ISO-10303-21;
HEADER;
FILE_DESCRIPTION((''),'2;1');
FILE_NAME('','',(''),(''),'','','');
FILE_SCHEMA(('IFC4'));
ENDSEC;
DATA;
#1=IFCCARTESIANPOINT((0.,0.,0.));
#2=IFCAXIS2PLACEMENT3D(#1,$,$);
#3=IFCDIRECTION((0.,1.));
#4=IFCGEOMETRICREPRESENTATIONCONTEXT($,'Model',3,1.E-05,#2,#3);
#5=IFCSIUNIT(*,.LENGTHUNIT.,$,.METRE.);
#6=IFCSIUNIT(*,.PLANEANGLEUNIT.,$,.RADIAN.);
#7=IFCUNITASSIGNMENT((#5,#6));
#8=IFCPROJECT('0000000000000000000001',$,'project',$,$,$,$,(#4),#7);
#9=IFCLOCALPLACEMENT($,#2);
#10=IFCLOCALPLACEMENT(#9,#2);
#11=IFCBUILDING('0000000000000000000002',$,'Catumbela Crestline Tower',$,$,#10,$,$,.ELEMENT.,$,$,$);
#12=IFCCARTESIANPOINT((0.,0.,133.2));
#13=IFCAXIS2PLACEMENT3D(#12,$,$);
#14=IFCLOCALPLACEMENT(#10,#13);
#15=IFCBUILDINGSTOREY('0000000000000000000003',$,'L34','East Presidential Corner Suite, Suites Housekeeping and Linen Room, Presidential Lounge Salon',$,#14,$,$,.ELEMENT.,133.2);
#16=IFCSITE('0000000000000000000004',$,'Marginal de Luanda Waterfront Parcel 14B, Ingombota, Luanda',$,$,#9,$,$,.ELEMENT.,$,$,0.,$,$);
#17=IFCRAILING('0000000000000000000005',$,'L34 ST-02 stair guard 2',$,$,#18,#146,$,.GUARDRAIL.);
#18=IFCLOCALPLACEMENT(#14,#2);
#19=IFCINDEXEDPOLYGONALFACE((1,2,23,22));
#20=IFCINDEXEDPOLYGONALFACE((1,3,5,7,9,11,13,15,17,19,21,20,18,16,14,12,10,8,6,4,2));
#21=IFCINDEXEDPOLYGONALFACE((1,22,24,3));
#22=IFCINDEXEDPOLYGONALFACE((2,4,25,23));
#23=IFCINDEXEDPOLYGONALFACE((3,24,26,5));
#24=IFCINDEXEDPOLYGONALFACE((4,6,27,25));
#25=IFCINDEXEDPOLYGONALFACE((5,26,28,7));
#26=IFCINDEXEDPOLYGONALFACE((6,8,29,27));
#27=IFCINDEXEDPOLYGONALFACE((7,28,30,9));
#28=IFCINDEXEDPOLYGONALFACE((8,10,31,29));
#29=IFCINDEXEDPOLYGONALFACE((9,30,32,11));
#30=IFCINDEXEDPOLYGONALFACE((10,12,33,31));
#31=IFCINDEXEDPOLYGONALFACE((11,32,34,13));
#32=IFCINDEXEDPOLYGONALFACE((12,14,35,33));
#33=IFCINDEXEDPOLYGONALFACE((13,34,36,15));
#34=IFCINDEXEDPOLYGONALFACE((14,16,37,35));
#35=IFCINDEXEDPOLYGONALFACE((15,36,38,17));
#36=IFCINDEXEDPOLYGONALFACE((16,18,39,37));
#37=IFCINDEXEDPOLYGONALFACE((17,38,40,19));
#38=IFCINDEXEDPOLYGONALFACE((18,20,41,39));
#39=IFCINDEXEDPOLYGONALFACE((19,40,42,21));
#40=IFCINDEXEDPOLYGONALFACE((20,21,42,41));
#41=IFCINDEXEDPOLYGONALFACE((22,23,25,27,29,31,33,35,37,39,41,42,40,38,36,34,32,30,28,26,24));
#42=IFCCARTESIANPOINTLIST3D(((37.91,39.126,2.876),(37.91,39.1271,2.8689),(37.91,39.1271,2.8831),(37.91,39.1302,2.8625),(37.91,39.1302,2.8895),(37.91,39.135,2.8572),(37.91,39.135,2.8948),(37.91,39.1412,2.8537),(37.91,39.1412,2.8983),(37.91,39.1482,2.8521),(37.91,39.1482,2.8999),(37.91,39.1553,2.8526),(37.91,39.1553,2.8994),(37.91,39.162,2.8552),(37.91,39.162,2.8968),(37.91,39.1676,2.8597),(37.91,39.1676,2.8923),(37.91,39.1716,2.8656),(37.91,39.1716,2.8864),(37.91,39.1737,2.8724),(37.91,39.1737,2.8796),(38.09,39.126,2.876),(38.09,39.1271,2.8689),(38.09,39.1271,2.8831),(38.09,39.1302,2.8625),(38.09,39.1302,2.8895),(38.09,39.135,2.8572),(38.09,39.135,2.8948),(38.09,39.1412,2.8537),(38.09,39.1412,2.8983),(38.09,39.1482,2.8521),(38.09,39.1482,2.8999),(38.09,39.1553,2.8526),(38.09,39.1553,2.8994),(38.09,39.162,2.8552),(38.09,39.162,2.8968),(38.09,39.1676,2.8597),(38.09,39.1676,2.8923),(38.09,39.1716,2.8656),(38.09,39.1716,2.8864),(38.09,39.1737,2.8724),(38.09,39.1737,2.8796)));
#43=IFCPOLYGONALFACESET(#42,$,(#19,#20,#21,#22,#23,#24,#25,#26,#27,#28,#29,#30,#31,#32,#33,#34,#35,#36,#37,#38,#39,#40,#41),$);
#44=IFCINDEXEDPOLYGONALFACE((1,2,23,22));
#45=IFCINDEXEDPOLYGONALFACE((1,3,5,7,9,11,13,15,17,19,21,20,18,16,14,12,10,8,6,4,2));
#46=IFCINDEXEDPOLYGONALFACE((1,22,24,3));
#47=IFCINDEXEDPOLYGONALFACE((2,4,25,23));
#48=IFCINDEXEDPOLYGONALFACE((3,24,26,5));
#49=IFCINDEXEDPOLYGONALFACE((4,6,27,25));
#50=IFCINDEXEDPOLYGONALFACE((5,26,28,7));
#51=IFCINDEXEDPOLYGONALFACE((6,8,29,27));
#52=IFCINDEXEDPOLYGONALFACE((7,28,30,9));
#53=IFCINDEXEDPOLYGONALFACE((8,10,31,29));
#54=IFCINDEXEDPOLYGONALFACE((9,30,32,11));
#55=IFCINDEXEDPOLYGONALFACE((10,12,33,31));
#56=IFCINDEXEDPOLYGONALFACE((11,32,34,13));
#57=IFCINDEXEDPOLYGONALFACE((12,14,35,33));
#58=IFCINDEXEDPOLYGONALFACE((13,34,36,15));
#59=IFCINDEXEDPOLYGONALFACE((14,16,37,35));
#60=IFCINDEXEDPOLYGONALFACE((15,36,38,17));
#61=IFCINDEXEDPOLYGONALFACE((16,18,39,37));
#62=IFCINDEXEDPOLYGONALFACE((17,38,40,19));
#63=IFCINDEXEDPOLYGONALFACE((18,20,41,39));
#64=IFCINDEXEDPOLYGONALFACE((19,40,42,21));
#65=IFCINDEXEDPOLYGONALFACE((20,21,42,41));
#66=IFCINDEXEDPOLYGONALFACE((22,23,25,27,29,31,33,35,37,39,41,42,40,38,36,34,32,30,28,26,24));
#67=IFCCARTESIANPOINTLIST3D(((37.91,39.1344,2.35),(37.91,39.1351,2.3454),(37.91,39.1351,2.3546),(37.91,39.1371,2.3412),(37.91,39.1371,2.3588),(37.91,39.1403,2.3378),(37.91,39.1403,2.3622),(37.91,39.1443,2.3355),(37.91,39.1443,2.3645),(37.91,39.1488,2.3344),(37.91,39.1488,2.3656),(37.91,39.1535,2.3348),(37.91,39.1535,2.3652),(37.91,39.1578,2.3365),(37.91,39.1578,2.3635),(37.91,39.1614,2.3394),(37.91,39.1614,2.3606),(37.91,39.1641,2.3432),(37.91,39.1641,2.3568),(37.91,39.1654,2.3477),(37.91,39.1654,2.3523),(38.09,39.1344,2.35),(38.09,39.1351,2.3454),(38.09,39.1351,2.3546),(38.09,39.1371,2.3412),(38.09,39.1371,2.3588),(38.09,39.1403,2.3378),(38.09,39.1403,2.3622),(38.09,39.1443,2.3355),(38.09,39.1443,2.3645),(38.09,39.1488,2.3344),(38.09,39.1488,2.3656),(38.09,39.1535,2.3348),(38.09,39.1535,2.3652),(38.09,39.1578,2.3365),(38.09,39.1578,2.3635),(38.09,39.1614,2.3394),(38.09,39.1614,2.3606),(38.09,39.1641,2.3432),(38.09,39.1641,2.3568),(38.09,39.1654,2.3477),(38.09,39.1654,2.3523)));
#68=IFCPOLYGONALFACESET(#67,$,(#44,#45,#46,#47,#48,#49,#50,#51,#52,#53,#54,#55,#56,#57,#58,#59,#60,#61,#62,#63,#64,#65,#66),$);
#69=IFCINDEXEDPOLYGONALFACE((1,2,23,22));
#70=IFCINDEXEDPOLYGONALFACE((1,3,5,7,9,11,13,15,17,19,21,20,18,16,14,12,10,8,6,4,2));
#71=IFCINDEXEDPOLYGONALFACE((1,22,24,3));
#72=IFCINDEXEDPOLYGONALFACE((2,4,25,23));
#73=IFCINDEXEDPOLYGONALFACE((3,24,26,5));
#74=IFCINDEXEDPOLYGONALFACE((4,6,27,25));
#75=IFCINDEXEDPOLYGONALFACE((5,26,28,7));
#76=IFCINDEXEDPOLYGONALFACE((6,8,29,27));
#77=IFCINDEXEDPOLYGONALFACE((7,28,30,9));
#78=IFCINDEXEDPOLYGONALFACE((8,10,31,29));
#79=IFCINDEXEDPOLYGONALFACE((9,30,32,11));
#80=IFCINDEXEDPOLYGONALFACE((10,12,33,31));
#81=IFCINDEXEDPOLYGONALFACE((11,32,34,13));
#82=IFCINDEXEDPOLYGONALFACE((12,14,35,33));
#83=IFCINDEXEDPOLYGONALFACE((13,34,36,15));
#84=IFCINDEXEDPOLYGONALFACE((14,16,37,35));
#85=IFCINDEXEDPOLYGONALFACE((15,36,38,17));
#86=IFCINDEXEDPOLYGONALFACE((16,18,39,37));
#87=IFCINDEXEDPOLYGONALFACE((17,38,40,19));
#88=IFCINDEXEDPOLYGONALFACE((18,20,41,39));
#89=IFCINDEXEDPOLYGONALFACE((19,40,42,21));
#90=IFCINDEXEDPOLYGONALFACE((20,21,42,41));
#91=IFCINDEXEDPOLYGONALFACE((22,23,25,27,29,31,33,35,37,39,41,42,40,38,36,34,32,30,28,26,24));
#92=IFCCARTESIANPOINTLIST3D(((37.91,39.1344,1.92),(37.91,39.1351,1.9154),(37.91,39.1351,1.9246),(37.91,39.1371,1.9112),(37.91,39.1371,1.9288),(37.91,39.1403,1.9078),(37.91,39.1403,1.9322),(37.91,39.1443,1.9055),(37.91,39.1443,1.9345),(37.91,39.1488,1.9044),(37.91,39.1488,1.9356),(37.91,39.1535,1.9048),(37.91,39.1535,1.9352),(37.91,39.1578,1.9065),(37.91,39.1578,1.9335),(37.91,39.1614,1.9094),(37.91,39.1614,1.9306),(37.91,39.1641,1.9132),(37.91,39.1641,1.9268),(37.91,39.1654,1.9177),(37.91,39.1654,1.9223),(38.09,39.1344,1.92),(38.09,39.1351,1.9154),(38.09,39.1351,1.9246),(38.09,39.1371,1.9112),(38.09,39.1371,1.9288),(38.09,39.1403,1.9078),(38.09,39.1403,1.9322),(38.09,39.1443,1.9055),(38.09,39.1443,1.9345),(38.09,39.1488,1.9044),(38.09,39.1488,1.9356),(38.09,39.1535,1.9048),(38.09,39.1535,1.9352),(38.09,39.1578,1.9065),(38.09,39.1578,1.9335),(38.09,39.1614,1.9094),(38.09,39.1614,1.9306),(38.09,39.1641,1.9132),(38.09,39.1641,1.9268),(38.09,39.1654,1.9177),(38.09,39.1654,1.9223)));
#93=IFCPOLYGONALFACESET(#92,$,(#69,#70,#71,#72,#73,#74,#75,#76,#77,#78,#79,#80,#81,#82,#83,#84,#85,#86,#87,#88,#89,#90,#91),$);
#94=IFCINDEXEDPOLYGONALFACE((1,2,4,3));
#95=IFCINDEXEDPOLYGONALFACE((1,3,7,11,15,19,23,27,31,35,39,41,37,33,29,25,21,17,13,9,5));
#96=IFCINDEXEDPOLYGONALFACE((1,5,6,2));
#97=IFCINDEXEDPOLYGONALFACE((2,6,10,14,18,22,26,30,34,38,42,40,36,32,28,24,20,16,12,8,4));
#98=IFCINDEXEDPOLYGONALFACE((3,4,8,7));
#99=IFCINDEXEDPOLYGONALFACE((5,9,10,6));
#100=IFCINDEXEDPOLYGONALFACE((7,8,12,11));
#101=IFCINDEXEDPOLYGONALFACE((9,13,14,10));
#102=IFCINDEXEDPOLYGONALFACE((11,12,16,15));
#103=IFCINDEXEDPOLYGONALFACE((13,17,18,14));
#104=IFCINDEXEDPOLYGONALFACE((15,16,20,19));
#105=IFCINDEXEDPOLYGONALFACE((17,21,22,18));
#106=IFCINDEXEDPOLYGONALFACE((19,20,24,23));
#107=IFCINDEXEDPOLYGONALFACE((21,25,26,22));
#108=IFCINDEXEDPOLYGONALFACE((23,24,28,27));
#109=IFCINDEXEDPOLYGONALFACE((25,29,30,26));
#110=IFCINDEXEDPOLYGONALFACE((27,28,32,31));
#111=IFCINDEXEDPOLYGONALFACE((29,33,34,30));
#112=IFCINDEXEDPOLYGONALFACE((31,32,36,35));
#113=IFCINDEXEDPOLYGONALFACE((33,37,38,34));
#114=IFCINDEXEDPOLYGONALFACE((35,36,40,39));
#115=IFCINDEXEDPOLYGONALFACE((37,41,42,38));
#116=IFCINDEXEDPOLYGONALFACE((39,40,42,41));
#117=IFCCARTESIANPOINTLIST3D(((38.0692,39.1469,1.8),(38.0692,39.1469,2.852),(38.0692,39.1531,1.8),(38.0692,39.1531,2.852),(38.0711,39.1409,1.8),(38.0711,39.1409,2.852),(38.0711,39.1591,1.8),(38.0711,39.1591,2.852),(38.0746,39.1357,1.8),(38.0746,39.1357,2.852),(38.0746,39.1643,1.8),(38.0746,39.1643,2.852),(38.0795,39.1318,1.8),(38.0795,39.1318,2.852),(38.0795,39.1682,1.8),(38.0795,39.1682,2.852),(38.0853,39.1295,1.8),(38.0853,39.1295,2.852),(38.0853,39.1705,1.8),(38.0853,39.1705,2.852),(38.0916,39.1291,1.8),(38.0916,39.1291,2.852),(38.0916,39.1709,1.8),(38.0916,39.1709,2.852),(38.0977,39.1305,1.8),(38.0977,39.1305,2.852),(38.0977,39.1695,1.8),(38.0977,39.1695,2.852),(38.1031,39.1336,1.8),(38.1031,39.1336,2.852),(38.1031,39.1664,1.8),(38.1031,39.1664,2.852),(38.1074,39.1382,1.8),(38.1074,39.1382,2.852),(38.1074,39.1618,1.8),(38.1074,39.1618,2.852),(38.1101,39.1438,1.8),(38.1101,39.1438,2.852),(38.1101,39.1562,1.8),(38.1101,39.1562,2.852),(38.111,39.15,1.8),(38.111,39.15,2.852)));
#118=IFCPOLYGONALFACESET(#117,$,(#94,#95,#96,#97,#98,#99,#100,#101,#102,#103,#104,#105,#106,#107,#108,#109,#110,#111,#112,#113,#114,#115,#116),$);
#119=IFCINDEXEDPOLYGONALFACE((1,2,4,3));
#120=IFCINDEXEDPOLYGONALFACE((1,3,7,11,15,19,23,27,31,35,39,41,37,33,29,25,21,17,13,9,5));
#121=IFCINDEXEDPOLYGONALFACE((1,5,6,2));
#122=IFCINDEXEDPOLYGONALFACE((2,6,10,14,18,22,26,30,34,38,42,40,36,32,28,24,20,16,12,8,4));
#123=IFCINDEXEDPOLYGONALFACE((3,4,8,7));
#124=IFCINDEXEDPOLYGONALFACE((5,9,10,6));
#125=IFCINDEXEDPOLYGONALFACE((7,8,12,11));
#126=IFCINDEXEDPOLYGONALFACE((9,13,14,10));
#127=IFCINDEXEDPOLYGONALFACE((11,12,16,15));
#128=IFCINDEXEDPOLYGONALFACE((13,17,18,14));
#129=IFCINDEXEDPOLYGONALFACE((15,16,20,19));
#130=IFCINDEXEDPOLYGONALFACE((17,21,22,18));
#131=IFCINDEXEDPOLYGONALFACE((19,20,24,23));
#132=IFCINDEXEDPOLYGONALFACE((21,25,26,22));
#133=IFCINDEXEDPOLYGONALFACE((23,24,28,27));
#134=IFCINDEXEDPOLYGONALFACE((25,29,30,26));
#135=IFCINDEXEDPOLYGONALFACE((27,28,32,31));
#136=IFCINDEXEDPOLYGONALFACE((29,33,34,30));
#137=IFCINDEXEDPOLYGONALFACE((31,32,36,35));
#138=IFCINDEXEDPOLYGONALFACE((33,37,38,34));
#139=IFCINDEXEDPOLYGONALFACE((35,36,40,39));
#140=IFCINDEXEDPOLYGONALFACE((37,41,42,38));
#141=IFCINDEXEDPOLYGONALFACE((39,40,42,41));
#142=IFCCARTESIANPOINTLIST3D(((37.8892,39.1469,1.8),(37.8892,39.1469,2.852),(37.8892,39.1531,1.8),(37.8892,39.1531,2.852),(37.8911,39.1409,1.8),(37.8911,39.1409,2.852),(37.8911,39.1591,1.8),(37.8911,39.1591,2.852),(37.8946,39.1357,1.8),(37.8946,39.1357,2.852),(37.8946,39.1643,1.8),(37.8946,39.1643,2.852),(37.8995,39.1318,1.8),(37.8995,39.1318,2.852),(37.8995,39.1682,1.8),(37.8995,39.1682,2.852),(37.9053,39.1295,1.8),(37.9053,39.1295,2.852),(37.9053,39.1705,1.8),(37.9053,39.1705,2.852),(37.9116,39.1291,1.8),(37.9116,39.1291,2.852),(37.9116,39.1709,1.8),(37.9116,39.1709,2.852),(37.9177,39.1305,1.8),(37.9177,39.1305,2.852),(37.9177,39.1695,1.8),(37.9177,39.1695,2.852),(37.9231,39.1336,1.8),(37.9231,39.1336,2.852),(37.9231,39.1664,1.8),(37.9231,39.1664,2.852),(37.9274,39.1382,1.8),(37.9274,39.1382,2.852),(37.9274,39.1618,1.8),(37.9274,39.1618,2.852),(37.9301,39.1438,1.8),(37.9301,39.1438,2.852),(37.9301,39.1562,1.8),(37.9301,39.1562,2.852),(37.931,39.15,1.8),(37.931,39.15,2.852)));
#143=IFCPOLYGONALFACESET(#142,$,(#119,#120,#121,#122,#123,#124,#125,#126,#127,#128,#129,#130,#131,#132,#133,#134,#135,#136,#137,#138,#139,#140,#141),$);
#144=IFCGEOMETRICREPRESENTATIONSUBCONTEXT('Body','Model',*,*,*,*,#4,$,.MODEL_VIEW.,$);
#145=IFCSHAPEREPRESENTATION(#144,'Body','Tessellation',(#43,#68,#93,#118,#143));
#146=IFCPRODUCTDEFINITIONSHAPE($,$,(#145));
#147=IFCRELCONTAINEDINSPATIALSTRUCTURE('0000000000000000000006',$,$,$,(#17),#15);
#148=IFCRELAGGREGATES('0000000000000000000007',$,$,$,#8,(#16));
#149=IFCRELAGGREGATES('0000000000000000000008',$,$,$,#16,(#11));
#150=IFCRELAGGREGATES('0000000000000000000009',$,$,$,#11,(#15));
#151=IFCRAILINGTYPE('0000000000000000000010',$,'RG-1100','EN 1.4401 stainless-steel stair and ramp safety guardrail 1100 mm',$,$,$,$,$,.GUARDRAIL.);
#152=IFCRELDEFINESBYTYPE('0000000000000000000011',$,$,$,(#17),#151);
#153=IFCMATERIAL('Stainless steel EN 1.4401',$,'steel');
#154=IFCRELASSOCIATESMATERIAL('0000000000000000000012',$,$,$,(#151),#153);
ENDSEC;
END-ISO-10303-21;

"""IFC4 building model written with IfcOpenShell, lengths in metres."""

from ifc_helpers import new_model, si_unit, direction, frame, origin, origin_2d, place, context, subcontext, project, spatial, circle, extrude, material, type_object, element, save


model = new_model("IFC4")

# Units and contexts
model_context = context("Model", 3, precision=1e-05, world=origin(), true_north=direction((0.0, 1.0)))
body_context = subcontext(model_context, "Body", "Model", "MODEL_VIEW")
ifc_project = project(units=[si_unit("LENGTHUNIT", "METRE"), si_unit("PLANEANGLEUNIT", "RADIAN")], contexts=[model_context])

# Site, building, storey
site_placement = place(None, origin())
site = spatial("IfcSite", under=ifc_project, at=site_placement, Name="Marginal de Luanda Waterfront Parcel 14B, Ingombota, Luanda", CompositionType="ELEMENT", RefElevation=0.0)
building_placement = place(site_placement, origin())
building = spatial("IfcBuilding", under=site, at=building_placement, Name="Catumbela Crestline Tower", CompositionType="ELEMENT")
storey_placement = place(building_placement, frame((0.0, 0.0, 133.2)))
storey = spatial("IfcBuildingStorey", under=building, at=storey_placement, Name="L34", Description="East Presidential Corner Suite, Suites Housekeeping and Linen Room, Presidential Lounge Salon", CompositionType="ELEMENT", Elevation=133.2)

# Shared definitions
ifc_material_1 = material(Name="Stainless steel EN 1.4401", Category="steel")

# Railing
railing_type_1 = type_object("IfcRailingType", Name="RG-1100", Description="EN 1.4401 stainless-steel stair and ramp safety guardrail 1100 mm", PredefinedType="GUARDRAIL", material=ifc_material_1)
railing_1_placement = place(storey_placement, frame((38.09, 39.15, 1.8)))
element("IfcRailing", 1, at=railing_1_placement, inside=storey, type_object=railing_type_1, Name="L34 ST-02 stair guard 2", PredefinedType="GUARDRAIL", context=body_context, shape_type="SweptSolid", body=[
    extrude(circle(Radius=0.024, at=origin_2d()), frame((0.0, 0.0, 1.076), z_axis=(-1.0, 0.0, 0.0), x_axis=(0.0, -1.0, 0.0)), (0.0, 0.0, 1.0), 0.18),
    extrude(circle(Radius=0.0156, at=origin_2d()), frame((0.0, 0.0, 0.55), z_axis=(-1.0, 0.0, 0.0), x_axis=(0.0, -1.0, 0.0)), (0.0, 0.0, 1.0), 0.18),
    extrude(circle(Radius=0.0156, at=origin_2d()), frame((0.0, 0.0, 0.12), z_axis=(-1.0, 0.0, 0.0), x_axis=(0.0, -1.0, 0.0)), (0.0, 0.0, 1.0), 0.18),
    extrude(circle(Radius=0.021, at=origin_2d()), origin(), (0.0, 0.0, 1.0), 1.052),
    extrude(circle(Radius=0.021, at=origin_2d()), frame((-0.18, 0.0, 0.0)), (0.0, 0.0, 1.0), 1.052),
])

save(model, "model.ifc")
